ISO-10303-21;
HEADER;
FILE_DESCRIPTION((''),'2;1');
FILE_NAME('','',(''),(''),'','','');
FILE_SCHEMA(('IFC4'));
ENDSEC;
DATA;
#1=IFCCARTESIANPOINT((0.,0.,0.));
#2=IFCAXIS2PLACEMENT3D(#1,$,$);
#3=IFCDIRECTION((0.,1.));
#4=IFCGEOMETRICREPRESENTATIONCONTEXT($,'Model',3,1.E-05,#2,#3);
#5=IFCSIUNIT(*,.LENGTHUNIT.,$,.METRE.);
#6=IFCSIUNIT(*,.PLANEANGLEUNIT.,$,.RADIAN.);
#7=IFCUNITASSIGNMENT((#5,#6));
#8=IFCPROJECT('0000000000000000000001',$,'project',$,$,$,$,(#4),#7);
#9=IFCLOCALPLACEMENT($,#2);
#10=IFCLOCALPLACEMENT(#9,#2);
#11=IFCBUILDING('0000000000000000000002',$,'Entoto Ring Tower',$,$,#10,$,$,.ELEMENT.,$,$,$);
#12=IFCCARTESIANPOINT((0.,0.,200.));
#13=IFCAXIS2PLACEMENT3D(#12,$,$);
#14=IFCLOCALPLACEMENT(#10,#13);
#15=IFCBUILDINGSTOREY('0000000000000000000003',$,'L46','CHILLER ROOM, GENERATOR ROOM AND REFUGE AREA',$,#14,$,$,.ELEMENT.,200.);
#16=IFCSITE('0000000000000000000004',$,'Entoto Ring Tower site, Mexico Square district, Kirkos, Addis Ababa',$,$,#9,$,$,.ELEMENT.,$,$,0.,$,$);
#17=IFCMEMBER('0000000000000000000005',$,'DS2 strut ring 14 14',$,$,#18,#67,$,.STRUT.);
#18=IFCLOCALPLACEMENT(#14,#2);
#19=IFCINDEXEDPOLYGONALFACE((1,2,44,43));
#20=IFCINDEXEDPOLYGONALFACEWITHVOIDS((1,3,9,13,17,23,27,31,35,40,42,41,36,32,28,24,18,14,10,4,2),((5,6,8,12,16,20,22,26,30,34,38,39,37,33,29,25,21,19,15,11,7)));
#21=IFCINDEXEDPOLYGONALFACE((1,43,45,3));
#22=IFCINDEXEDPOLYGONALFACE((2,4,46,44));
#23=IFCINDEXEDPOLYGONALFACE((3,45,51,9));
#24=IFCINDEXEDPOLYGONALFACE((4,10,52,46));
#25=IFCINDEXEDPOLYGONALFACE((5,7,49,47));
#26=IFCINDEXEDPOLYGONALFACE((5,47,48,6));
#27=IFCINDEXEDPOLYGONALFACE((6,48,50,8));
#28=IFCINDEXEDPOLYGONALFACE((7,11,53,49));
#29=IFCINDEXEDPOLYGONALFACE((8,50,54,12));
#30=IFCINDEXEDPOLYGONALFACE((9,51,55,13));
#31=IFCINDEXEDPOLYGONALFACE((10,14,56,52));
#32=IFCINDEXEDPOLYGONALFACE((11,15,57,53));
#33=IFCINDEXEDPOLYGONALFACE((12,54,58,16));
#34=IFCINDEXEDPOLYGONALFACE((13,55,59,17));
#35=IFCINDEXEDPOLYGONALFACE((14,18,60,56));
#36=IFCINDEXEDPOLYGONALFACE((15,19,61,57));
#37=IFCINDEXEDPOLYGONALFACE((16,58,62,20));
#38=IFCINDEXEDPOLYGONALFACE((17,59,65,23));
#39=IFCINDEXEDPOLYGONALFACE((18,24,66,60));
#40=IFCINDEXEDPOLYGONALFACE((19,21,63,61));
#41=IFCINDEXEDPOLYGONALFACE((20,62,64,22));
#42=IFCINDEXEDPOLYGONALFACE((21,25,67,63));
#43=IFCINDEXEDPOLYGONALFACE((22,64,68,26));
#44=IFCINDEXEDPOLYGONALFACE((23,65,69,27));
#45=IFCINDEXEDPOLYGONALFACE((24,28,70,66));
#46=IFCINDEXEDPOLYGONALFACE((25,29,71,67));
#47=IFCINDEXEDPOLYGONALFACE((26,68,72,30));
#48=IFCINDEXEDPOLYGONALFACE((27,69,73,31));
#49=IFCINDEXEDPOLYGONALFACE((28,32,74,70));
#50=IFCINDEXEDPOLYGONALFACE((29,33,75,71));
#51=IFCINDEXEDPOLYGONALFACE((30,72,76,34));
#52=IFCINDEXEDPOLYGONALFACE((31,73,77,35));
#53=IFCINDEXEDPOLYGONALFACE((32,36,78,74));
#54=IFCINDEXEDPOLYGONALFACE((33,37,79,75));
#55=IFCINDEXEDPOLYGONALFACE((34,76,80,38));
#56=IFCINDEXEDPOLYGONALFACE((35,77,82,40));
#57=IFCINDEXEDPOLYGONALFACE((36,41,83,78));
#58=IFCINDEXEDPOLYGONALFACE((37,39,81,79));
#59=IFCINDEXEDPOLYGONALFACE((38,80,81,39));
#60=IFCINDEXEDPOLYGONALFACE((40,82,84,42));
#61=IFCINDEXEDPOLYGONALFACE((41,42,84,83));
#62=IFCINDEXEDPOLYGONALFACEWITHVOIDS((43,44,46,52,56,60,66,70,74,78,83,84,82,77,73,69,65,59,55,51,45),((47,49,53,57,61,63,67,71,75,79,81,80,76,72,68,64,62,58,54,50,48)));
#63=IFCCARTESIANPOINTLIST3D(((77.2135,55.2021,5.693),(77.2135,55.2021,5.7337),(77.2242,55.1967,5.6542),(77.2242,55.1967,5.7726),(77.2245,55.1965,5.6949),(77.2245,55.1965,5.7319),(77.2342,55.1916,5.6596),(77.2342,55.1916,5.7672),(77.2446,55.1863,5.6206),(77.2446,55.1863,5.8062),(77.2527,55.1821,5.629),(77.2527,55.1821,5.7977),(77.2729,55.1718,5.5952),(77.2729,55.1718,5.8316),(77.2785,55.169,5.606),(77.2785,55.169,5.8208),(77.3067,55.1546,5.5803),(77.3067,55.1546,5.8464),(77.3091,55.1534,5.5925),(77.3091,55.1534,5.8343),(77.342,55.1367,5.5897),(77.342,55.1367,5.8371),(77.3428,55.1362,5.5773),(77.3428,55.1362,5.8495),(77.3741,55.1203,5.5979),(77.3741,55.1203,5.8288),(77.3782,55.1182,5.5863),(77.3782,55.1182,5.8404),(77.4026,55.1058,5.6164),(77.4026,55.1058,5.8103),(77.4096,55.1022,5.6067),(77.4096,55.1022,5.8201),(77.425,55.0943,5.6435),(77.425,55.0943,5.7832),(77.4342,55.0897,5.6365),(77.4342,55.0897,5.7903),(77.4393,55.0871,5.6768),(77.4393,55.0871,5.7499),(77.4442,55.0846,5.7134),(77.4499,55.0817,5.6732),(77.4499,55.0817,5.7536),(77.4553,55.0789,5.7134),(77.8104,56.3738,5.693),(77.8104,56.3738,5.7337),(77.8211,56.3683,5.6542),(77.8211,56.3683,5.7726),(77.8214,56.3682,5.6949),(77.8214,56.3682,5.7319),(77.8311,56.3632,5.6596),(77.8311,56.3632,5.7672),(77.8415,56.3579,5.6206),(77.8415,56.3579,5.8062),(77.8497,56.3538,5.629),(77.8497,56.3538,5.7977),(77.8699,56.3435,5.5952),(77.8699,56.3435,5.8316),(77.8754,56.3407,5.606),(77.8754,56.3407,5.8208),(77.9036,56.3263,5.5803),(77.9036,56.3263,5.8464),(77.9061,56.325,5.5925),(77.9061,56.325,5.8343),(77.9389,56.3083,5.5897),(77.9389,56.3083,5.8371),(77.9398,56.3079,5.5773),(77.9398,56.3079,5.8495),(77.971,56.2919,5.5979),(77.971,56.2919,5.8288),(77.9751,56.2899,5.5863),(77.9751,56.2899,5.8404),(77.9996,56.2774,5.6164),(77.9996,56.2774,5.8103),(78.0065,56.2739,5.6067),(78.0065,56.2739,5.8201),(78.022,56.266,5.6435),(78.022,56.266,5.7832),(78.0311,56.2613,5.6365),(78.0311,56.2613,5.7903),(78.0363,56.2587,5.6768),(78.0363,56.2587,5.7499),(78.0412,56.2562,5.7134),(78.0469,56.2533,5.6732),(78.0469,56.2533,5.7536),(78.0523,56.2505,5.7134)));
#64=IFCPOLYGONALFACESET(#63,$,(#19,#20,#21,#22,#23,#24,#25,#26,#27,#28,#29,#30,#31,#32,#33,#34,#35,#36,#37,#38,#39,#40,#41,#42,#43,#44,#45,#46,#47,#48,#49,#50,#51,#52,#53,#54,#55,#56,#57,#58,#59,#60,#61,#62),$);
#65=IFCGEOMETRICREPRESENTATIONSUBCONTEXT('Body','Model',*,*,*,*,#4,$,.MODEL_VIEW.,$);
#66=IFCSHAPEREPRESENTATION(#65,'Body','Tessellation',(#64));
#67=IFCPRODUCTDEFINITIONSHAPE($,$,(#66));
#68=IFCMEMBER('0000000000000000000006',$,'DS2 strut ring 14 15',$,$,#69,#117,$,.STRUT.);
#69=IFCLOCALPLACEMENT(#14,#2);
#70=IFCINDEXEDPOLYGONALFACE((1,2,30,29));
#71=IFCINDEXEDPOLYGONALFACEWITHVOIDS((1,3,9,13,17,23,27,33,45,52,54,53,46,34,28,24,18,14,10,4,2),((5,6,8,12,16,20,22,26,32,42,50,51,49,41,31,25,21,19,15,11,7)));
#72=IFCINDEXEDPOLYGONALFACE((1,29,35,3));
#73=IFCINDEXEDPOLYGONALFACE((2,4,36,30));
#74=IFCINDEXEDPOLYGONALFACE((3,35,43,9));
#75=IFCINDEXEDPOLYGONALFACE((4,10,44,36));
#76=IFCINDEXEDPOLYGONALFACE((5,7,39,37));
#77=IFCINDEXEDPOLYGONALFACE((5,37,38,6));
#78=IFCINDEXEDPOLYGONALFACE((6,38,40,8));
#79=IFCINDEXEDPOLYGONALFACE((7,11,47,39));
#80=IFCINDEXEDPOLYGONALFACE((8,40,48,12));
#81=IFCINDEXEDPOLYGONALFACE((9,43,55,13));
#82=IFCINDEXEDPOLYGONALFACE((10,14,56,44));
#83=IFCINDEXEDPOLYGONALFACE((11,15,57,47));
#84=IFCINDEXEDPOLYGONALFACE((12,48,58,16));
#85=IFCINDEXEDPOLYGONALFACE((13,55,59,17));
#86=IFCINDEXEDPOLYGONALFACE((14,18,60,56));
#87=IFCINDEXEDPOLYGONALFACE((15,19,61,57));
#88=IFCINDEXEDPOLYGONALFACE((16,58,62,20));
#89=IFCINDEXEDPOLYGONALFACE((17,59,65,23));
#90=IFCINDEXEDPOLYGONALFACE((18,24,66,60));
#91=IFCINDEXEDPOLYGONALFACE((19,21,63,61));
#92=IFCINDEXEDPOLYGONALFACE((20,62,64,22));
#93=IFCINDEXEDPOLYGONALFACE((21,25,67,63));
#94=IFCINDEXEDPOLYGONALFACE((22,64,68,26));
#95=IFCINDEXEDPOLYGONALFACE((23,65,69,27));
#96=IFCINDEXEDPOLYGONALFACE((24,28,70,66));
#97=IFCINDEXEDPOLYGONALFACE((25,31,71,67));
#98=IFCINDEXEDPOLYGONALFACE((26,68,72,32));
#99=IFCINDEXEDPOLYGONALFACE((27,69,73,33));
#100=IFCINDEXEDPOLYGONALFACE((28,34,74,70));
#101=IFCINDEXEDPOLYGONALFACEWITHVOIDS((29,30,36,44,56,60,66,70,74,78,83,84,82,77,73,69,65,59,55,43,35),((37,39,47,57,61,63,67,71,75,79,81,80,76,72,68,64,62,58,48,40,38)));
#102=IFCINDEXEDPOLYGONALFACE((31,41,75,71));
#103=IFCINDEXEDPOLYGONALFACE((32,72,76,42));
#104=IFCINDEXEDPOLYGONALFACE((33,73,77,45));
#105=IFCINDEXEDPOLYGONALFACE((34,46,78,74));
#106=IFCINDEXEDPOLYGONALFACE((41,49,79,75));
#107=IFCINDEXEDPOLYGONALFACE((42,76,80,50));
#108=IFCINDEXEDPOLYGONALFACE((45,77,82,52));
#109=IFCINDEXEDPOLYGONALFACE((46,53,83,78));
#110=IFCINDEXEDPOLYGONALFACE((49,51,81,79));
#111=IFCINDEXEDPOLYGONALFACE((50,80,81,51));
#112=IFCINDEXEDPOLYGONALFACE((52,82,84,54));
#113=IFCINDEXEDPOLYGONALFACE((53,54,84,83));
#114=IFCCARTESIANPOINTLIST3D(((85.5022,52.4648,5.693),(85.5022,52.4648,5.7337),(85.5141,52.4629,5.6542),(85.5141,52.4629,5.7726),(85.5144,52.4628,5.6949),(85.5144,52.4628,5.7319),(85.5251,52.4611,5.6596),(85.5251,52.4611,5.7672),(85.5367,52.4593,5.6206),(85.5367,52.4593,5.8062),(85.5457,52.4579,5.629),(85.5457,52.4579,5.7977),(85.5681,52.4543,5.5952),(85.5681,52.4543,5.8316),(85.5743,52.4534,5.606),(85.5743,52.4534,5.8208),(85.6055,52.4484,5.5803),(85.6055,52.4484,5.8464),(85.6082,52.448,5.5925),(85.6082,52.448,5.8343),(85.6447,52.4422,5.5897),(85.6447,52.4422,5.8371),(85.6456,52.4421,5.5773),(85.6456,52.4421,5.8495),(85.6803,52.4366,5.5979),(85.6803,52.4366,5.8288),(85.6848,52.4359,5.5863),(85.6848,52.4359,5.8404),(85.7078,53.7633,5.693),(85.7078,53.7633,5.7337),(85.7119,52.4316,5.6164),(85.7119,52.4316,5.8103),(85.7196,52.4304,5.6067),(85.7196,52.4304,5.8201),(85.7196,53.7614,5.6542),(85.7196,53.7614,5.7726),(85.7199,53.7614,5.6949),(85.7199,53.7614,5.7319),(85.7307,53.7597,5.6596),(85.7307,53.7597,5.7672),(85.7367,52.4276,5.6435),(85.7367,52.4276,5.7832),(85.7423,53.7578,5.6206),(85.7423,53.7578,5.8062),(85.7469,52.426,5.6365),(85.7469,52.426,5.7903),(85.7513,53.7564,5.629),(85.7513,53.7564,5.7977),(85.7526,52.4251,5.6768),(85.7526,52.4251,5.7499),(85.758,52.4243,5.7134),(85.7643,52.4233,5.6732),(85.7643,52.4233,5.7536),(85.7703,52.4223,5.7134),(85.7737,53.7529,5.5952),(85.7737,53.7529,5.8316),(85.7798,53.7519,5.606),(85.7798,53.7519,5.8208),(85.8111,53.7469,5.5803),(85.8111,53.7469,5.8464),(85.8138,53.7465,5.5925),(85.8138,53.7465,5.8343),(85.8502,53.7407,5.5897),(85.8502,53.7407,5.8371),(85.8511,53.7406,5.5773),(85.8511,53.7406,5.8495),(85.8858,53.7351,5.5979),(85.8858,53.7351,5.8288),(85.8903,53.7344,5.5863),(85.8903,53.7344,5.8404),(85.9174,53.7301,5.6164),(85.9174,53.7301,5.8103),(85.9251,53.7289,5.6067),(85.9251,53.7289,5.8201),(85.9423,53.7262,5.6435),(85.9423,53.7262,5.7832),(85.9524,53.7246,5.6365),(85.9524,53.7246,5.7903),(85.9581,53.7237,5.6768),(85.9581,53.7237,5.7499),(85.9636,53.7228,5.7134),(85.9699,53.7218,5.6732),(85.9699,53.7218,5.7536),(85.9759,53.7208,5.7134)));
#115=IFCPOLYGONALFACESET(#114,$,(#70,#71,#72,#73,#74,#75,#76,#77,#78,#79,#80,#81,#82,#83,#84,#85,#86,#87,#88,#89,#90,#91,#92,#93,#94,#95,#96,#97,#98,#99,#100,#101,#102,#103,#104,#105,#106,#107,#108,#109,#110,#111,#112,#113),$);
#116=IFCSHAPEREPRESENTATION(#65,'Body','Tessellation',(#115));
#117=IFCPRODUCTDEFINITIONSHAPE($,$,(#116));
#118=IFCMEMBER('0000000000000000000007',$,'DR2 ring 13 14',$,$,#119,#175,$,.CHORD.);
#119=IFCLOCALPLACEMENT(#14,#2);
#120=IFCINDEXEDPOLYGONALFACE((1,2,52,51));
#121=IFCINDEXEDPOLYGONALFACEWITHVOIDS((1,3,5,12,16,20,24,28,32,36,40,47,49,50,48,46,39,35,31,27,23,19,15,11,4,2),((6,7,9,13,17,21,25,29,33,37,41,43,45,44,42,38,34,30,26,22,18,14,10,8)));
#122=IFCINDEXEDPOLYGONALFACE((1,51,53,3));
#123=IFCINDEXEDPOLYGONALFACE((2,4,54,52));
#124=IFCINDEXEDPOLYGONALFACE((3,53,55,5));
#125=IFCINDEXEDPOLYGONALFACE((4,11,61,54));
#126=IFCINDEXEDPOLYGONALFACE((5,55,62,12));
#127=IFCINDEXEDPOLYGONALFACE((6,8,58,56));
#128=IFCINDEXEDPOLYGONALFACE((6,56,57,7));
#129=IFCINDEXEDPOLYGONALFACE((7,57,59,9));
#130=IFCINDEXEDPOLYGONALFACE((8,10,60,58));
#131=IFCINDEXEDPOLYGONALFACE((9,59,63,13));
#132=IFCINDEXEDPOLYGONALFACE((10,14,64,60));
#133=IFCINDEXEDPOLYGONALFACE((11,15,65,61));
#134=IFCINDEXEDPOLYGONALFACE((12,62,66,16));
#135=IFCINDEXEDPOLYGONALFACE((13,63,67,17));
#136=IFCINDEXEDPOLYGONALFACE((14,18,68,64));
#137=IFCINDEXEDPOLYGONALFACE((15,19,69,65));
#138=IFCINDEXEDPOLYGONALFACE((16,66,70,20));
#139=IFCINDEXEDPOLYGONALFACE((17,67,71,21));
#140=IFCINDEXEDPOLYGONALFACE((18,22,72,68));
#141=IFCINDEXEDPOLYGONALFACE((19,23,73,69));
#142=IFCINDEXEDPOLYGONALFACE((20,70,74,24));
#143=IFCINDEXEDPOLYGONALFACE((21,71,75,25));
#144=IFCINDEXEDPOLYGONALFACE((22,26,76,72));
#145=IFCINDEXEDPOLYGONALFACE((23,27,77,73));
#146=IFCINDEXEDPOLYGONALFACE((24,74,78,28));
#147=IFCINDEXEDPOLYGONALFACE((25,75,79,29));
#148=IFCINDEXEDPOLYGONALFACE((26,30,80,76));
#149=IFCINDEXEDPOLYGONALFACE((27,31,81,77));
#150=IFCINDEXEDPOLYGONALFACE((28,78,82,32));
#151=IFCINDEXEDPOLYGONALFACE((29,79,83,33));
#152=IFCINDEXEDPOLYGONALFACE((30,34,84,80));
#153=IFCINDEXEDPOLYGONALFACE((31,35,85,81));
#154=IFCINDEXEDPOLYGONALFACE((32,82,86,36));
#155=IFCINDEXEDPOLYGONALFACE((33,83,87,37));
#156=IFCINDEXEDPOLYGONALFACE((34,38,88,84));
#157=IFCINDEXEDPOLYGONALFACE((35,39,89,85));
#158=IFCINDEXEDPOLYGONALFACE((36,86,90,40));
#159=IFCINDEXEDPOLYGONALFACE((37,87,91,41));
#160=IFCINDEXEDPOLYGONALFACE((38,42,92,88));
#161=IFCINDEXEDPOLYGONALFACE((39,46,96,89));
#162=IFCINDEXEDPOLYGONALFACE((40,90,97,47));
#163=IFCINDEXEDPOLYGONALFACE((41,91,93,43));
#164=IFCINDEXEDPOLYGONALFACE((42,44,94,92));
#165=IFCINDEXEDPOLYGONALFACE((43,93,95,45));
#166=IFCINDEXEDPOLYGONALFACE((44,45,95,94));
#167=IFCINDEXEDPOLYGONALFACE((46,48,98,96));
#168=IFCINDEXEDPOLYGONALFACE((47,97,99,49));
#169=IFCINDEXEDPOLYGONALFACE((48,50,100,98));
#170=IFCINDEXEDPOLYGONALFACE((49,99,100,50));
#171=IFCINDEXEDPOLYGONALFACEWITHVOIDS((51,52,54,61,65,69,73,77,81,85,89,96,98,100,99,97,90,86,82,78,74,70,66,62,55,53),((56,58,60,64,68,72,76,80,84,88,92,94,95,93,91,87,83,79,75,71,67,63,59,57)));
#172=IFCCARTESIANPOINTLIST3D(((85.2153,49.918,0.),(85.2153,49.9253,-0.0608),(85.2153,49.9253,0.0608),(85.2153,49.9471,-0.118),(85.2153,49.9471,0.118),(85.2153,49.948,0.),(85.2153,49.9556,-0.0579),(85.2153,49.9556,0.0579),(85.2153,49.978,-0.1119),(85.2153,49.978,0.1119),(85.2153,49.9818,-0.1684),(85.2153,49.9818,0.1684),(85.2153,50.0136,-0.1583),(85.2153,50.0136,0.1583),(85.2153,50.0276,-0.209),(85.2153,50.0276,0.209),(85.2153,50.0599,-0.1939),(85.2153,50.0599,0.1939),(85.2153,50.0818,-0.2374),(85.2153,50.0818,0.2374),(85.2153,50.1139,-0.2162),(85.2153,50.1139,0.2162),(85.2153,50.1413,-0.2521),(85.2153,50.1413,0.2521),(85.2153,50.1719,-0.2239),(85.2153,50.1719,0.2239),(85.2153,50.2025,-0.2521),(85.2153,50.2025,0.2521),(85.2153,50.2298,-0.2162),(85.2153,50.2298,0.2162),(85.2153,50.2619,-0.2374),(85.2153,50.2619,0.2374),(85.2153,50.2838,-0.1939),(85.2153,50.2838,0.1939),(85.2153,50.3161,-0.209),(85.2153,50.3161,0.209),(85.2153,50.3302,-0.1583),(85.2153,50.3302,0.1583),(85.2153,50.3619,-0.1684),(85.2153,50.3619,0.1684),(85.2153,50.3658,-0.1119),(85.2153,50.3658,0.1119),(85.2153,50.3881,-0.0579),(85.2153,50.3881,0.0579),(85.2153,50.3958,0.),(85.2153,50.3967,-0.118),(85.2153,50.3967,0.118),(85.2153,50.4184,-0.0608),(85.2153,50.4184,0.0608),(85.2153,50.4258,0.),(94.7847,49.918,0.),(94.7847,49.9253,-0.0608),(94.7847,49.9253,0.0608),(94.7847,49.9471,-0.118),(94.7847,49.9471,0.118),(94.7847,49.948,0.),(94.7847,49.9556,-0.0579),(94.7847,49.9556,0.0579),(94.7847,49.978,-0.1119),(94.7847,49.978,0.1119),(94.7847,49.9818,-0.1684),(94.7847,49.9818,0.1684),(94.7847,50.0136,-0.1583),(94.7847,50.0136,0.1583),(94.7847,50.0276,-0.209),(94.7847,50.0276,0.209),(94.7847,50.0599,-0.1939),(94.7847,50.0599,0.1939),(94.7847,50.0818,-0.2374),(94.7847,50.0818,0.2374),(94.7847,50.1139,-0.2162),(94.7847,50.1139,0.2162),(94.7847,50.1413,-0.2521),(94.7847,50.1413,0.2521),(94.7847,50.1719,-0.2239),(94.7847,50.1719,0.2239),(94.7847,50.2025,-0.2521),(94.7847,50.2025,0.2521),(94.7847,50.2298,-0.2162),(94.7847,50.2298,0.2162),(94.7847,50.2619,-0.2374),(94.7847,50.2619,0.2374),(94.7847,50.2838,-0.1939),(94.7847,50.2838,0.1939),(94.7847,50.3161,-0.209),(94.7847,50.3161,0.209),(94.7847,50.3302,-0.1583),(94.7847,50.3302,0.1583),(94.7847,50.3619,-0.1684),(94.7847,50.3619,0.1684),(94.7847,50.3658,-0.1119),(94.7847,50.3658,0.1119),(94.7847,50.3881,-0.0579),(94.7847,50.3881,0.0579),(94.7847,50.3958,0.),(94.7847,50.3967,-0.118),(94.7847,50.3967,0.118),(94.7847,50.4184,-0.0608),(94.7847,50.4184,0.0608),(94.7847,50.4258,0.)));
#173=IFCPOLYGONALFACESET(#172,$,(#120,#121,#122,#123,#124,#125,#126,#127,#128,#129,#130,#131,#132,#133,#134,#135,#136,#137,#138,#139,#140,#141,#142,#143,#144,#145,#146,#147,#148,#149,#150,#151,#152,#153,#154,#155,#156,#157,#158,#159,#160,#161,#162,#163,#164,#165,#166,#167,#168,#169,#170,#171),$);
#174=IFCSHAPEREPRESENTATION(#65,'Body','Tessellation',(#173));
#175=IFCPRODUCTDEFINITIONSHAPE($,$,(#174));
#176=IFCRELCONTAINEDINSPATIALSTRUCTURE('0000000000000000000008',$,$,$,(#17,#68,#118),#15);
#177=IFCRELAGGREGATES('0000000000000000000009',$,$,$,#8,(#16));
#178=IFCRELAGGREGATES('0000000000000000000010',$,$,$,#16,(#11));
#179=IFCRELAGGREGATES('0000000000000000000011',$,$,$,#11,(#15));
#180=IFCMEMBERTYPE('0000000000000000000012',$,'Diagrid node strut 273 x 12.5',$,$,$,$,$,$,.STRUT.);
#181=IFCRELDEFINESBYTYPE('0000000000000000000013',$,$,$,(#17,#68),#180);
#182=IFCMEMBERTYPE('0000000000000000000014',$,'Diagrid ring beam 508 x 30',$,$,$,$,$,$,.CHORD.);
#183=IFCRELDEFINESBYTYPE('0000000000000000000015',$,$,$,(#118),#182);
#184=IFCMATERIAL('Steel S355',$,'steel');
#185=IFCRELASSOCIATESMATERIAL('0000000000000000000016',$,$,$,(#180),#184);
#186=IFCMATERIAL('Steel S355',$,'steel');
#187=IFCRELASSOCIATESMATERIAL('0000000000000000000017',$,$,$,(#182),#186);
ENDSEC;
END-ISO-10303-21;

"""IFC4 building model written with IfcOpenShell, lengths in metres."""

from ifc_helpers import new_model, si_unit, direction, frame, origin, origin_2d, place, context, subcontext, project, spatial, circle, hollow_circle, extrude, material, material_profile, profile_set, type_object, element, save


model = new_model("IFC4")

# Units and contexts
model_context = context("Model", 3, precision=1e-05, world=origin(), true_north=direction((0.0, 1.0)))
body_context = subcontext(model_context, "Body", "Model", "MODEL_VIEW")
ifc_project = project(units=[si_unit("LENGTHUNIT", "METRE"), si_unit("PLANEANGLEUNIT", "RADIAN")], contexts=[model_context])

# Site, building, storey
site_placement = place(None, origin())
site = spatial("IfcSite", under=ifc_project, at=site_placement, Name="Entoto Ring Tower site, Mexico Square district, Kirkos, Addis Ababa", CompositionType="ELEMENT", RefElevation=0.0)
building_placement = place(site_placement, origin())
building = spatial("IfcBuilding", under=site, at=building_placement, Name="Entoto Ring Tower", CompositionType="ELEMENT")
storey_placement = place(building_placement, frame((0.0, 0.0, 200.0)))
storey = spatial("IfcBuildingStorey", under=building, at=storey_placement, Name="L46", Description="CHILLER ROOM, GENERATOR ROOM AND REFUGE AREA", CompositionType="ELEMENT", Elevation=200.0)

# Members
ifc_material_1 = material(Name="Steel S355", Category="steel")
ifc_material_profile_1 = material_profile(ifc_material_1, hollow_circle(Radius=0.1365, WallThickness=0.0125, at=origin_2d()), Name="CHS 273 x 12.5")
ifc_material_2 = material(Name="Concrete C60/75", Category="concrete")
ifc_material_profile_2 = material_profile(ifc_material_2, circle(Radius=0.124, at=origin_2d()), Name="Concrete C60/75 infill")
ifc_profile_set_1 = profile_set([ifc_material_profile_1, ifc_material_profile_2], Name="Steel S355")
member_type_1 = type_object("IfcMemberType", Name="Diagrid node strut 273 x 12.5", PredefinedType="STRUT", material=ifc_profile_set_1)
member_1_placement = place(storey_placement, frame((77.9307, 56.3125, 5.7134), z_axis=(-0.453959, -0.891022, 0.0), x_axis=(0.891022, -0.453959, 0.0)))
element("IfcMember", 1, at=member_1_placement, inside=storey, type_object=member_type_1, Name="DS2 strut ring 14 14", PredefinedType="STRUT", context=body_context, shape_type="SweptSolid", body=[
    extrude(hollow_circle(Radius=0.1365, WallThickness=0.0125, at=origin_2d()), origin(), (0.0, 0.0, 1.0), 1.3149),
])
member_2_placement = place(storey_placement, frame((85.8411, 53.7422, 5.7134), z_axis=(-0.156354, -0.987701, 0.0), x_axis=(0.987701, -0.156354, 0.0)))
element("IfcMember", 2, at=member_2_placement, inside=storey, type_object=member_type_1, Name="DS2 strut ring 14 15", PredefinedType="STRUT", context=body_context, shape_type="SweptSolid", body=[
    extrude(hollow_circle(Radius=0.1365, WallThickness=0.0125, at=origin_2d()), origin(), (0.0, 0.0, 1.0), 1.3147),
])
ifc_material_3 = material(Name="Steel S355", Category="steel")
ifc_material_profile_3 = material_profile(ifc_material_3, hollow_circle(Radius=0.2539, WallThickness=0.03, at=origin_2d()), Name="CHS 508 x 30")
ifc_material_4 = material(Name="Concrete C60/75", Category="concrete")
ifc_material_profile_4 = material_profile(ifc_material_4, circle(Radius=0.2241, at=origin_2d()), Name="Concrete C60/75 infill")
ifc_profile_set_2 = profile_set([ifc_material_profile_3, ifc_material_profile_4], Name="Steel S355")
member_type_2 = type_object("IfcMemberType", Name="Diagrid ring beam 508 x 30", PredefinedType="CHORD", material=ifc_profile_set_2)
member_3_placement = place(storey_placement, frame((85.2153, 50.1719, 0.0), z_axis=(1.0, 0.0, 0.0), x_axis=(0.0, 1.0, 0.0)))
element("IfcMember", 3, at=member_3_placement, inside=storey, type_object=member_type_2, Name="DR2 ring 13 14", PredefinedType="CHORD", context=body_context, shape_type="SweptSolid", body=[
    extrude(hollow_circle(Radius=0.2539, WallThickness=0.03, at=origin_2d()), origin(), (0.0, 0.0, 1.0), 9.5693),
])

save(model, "model.ifc")
